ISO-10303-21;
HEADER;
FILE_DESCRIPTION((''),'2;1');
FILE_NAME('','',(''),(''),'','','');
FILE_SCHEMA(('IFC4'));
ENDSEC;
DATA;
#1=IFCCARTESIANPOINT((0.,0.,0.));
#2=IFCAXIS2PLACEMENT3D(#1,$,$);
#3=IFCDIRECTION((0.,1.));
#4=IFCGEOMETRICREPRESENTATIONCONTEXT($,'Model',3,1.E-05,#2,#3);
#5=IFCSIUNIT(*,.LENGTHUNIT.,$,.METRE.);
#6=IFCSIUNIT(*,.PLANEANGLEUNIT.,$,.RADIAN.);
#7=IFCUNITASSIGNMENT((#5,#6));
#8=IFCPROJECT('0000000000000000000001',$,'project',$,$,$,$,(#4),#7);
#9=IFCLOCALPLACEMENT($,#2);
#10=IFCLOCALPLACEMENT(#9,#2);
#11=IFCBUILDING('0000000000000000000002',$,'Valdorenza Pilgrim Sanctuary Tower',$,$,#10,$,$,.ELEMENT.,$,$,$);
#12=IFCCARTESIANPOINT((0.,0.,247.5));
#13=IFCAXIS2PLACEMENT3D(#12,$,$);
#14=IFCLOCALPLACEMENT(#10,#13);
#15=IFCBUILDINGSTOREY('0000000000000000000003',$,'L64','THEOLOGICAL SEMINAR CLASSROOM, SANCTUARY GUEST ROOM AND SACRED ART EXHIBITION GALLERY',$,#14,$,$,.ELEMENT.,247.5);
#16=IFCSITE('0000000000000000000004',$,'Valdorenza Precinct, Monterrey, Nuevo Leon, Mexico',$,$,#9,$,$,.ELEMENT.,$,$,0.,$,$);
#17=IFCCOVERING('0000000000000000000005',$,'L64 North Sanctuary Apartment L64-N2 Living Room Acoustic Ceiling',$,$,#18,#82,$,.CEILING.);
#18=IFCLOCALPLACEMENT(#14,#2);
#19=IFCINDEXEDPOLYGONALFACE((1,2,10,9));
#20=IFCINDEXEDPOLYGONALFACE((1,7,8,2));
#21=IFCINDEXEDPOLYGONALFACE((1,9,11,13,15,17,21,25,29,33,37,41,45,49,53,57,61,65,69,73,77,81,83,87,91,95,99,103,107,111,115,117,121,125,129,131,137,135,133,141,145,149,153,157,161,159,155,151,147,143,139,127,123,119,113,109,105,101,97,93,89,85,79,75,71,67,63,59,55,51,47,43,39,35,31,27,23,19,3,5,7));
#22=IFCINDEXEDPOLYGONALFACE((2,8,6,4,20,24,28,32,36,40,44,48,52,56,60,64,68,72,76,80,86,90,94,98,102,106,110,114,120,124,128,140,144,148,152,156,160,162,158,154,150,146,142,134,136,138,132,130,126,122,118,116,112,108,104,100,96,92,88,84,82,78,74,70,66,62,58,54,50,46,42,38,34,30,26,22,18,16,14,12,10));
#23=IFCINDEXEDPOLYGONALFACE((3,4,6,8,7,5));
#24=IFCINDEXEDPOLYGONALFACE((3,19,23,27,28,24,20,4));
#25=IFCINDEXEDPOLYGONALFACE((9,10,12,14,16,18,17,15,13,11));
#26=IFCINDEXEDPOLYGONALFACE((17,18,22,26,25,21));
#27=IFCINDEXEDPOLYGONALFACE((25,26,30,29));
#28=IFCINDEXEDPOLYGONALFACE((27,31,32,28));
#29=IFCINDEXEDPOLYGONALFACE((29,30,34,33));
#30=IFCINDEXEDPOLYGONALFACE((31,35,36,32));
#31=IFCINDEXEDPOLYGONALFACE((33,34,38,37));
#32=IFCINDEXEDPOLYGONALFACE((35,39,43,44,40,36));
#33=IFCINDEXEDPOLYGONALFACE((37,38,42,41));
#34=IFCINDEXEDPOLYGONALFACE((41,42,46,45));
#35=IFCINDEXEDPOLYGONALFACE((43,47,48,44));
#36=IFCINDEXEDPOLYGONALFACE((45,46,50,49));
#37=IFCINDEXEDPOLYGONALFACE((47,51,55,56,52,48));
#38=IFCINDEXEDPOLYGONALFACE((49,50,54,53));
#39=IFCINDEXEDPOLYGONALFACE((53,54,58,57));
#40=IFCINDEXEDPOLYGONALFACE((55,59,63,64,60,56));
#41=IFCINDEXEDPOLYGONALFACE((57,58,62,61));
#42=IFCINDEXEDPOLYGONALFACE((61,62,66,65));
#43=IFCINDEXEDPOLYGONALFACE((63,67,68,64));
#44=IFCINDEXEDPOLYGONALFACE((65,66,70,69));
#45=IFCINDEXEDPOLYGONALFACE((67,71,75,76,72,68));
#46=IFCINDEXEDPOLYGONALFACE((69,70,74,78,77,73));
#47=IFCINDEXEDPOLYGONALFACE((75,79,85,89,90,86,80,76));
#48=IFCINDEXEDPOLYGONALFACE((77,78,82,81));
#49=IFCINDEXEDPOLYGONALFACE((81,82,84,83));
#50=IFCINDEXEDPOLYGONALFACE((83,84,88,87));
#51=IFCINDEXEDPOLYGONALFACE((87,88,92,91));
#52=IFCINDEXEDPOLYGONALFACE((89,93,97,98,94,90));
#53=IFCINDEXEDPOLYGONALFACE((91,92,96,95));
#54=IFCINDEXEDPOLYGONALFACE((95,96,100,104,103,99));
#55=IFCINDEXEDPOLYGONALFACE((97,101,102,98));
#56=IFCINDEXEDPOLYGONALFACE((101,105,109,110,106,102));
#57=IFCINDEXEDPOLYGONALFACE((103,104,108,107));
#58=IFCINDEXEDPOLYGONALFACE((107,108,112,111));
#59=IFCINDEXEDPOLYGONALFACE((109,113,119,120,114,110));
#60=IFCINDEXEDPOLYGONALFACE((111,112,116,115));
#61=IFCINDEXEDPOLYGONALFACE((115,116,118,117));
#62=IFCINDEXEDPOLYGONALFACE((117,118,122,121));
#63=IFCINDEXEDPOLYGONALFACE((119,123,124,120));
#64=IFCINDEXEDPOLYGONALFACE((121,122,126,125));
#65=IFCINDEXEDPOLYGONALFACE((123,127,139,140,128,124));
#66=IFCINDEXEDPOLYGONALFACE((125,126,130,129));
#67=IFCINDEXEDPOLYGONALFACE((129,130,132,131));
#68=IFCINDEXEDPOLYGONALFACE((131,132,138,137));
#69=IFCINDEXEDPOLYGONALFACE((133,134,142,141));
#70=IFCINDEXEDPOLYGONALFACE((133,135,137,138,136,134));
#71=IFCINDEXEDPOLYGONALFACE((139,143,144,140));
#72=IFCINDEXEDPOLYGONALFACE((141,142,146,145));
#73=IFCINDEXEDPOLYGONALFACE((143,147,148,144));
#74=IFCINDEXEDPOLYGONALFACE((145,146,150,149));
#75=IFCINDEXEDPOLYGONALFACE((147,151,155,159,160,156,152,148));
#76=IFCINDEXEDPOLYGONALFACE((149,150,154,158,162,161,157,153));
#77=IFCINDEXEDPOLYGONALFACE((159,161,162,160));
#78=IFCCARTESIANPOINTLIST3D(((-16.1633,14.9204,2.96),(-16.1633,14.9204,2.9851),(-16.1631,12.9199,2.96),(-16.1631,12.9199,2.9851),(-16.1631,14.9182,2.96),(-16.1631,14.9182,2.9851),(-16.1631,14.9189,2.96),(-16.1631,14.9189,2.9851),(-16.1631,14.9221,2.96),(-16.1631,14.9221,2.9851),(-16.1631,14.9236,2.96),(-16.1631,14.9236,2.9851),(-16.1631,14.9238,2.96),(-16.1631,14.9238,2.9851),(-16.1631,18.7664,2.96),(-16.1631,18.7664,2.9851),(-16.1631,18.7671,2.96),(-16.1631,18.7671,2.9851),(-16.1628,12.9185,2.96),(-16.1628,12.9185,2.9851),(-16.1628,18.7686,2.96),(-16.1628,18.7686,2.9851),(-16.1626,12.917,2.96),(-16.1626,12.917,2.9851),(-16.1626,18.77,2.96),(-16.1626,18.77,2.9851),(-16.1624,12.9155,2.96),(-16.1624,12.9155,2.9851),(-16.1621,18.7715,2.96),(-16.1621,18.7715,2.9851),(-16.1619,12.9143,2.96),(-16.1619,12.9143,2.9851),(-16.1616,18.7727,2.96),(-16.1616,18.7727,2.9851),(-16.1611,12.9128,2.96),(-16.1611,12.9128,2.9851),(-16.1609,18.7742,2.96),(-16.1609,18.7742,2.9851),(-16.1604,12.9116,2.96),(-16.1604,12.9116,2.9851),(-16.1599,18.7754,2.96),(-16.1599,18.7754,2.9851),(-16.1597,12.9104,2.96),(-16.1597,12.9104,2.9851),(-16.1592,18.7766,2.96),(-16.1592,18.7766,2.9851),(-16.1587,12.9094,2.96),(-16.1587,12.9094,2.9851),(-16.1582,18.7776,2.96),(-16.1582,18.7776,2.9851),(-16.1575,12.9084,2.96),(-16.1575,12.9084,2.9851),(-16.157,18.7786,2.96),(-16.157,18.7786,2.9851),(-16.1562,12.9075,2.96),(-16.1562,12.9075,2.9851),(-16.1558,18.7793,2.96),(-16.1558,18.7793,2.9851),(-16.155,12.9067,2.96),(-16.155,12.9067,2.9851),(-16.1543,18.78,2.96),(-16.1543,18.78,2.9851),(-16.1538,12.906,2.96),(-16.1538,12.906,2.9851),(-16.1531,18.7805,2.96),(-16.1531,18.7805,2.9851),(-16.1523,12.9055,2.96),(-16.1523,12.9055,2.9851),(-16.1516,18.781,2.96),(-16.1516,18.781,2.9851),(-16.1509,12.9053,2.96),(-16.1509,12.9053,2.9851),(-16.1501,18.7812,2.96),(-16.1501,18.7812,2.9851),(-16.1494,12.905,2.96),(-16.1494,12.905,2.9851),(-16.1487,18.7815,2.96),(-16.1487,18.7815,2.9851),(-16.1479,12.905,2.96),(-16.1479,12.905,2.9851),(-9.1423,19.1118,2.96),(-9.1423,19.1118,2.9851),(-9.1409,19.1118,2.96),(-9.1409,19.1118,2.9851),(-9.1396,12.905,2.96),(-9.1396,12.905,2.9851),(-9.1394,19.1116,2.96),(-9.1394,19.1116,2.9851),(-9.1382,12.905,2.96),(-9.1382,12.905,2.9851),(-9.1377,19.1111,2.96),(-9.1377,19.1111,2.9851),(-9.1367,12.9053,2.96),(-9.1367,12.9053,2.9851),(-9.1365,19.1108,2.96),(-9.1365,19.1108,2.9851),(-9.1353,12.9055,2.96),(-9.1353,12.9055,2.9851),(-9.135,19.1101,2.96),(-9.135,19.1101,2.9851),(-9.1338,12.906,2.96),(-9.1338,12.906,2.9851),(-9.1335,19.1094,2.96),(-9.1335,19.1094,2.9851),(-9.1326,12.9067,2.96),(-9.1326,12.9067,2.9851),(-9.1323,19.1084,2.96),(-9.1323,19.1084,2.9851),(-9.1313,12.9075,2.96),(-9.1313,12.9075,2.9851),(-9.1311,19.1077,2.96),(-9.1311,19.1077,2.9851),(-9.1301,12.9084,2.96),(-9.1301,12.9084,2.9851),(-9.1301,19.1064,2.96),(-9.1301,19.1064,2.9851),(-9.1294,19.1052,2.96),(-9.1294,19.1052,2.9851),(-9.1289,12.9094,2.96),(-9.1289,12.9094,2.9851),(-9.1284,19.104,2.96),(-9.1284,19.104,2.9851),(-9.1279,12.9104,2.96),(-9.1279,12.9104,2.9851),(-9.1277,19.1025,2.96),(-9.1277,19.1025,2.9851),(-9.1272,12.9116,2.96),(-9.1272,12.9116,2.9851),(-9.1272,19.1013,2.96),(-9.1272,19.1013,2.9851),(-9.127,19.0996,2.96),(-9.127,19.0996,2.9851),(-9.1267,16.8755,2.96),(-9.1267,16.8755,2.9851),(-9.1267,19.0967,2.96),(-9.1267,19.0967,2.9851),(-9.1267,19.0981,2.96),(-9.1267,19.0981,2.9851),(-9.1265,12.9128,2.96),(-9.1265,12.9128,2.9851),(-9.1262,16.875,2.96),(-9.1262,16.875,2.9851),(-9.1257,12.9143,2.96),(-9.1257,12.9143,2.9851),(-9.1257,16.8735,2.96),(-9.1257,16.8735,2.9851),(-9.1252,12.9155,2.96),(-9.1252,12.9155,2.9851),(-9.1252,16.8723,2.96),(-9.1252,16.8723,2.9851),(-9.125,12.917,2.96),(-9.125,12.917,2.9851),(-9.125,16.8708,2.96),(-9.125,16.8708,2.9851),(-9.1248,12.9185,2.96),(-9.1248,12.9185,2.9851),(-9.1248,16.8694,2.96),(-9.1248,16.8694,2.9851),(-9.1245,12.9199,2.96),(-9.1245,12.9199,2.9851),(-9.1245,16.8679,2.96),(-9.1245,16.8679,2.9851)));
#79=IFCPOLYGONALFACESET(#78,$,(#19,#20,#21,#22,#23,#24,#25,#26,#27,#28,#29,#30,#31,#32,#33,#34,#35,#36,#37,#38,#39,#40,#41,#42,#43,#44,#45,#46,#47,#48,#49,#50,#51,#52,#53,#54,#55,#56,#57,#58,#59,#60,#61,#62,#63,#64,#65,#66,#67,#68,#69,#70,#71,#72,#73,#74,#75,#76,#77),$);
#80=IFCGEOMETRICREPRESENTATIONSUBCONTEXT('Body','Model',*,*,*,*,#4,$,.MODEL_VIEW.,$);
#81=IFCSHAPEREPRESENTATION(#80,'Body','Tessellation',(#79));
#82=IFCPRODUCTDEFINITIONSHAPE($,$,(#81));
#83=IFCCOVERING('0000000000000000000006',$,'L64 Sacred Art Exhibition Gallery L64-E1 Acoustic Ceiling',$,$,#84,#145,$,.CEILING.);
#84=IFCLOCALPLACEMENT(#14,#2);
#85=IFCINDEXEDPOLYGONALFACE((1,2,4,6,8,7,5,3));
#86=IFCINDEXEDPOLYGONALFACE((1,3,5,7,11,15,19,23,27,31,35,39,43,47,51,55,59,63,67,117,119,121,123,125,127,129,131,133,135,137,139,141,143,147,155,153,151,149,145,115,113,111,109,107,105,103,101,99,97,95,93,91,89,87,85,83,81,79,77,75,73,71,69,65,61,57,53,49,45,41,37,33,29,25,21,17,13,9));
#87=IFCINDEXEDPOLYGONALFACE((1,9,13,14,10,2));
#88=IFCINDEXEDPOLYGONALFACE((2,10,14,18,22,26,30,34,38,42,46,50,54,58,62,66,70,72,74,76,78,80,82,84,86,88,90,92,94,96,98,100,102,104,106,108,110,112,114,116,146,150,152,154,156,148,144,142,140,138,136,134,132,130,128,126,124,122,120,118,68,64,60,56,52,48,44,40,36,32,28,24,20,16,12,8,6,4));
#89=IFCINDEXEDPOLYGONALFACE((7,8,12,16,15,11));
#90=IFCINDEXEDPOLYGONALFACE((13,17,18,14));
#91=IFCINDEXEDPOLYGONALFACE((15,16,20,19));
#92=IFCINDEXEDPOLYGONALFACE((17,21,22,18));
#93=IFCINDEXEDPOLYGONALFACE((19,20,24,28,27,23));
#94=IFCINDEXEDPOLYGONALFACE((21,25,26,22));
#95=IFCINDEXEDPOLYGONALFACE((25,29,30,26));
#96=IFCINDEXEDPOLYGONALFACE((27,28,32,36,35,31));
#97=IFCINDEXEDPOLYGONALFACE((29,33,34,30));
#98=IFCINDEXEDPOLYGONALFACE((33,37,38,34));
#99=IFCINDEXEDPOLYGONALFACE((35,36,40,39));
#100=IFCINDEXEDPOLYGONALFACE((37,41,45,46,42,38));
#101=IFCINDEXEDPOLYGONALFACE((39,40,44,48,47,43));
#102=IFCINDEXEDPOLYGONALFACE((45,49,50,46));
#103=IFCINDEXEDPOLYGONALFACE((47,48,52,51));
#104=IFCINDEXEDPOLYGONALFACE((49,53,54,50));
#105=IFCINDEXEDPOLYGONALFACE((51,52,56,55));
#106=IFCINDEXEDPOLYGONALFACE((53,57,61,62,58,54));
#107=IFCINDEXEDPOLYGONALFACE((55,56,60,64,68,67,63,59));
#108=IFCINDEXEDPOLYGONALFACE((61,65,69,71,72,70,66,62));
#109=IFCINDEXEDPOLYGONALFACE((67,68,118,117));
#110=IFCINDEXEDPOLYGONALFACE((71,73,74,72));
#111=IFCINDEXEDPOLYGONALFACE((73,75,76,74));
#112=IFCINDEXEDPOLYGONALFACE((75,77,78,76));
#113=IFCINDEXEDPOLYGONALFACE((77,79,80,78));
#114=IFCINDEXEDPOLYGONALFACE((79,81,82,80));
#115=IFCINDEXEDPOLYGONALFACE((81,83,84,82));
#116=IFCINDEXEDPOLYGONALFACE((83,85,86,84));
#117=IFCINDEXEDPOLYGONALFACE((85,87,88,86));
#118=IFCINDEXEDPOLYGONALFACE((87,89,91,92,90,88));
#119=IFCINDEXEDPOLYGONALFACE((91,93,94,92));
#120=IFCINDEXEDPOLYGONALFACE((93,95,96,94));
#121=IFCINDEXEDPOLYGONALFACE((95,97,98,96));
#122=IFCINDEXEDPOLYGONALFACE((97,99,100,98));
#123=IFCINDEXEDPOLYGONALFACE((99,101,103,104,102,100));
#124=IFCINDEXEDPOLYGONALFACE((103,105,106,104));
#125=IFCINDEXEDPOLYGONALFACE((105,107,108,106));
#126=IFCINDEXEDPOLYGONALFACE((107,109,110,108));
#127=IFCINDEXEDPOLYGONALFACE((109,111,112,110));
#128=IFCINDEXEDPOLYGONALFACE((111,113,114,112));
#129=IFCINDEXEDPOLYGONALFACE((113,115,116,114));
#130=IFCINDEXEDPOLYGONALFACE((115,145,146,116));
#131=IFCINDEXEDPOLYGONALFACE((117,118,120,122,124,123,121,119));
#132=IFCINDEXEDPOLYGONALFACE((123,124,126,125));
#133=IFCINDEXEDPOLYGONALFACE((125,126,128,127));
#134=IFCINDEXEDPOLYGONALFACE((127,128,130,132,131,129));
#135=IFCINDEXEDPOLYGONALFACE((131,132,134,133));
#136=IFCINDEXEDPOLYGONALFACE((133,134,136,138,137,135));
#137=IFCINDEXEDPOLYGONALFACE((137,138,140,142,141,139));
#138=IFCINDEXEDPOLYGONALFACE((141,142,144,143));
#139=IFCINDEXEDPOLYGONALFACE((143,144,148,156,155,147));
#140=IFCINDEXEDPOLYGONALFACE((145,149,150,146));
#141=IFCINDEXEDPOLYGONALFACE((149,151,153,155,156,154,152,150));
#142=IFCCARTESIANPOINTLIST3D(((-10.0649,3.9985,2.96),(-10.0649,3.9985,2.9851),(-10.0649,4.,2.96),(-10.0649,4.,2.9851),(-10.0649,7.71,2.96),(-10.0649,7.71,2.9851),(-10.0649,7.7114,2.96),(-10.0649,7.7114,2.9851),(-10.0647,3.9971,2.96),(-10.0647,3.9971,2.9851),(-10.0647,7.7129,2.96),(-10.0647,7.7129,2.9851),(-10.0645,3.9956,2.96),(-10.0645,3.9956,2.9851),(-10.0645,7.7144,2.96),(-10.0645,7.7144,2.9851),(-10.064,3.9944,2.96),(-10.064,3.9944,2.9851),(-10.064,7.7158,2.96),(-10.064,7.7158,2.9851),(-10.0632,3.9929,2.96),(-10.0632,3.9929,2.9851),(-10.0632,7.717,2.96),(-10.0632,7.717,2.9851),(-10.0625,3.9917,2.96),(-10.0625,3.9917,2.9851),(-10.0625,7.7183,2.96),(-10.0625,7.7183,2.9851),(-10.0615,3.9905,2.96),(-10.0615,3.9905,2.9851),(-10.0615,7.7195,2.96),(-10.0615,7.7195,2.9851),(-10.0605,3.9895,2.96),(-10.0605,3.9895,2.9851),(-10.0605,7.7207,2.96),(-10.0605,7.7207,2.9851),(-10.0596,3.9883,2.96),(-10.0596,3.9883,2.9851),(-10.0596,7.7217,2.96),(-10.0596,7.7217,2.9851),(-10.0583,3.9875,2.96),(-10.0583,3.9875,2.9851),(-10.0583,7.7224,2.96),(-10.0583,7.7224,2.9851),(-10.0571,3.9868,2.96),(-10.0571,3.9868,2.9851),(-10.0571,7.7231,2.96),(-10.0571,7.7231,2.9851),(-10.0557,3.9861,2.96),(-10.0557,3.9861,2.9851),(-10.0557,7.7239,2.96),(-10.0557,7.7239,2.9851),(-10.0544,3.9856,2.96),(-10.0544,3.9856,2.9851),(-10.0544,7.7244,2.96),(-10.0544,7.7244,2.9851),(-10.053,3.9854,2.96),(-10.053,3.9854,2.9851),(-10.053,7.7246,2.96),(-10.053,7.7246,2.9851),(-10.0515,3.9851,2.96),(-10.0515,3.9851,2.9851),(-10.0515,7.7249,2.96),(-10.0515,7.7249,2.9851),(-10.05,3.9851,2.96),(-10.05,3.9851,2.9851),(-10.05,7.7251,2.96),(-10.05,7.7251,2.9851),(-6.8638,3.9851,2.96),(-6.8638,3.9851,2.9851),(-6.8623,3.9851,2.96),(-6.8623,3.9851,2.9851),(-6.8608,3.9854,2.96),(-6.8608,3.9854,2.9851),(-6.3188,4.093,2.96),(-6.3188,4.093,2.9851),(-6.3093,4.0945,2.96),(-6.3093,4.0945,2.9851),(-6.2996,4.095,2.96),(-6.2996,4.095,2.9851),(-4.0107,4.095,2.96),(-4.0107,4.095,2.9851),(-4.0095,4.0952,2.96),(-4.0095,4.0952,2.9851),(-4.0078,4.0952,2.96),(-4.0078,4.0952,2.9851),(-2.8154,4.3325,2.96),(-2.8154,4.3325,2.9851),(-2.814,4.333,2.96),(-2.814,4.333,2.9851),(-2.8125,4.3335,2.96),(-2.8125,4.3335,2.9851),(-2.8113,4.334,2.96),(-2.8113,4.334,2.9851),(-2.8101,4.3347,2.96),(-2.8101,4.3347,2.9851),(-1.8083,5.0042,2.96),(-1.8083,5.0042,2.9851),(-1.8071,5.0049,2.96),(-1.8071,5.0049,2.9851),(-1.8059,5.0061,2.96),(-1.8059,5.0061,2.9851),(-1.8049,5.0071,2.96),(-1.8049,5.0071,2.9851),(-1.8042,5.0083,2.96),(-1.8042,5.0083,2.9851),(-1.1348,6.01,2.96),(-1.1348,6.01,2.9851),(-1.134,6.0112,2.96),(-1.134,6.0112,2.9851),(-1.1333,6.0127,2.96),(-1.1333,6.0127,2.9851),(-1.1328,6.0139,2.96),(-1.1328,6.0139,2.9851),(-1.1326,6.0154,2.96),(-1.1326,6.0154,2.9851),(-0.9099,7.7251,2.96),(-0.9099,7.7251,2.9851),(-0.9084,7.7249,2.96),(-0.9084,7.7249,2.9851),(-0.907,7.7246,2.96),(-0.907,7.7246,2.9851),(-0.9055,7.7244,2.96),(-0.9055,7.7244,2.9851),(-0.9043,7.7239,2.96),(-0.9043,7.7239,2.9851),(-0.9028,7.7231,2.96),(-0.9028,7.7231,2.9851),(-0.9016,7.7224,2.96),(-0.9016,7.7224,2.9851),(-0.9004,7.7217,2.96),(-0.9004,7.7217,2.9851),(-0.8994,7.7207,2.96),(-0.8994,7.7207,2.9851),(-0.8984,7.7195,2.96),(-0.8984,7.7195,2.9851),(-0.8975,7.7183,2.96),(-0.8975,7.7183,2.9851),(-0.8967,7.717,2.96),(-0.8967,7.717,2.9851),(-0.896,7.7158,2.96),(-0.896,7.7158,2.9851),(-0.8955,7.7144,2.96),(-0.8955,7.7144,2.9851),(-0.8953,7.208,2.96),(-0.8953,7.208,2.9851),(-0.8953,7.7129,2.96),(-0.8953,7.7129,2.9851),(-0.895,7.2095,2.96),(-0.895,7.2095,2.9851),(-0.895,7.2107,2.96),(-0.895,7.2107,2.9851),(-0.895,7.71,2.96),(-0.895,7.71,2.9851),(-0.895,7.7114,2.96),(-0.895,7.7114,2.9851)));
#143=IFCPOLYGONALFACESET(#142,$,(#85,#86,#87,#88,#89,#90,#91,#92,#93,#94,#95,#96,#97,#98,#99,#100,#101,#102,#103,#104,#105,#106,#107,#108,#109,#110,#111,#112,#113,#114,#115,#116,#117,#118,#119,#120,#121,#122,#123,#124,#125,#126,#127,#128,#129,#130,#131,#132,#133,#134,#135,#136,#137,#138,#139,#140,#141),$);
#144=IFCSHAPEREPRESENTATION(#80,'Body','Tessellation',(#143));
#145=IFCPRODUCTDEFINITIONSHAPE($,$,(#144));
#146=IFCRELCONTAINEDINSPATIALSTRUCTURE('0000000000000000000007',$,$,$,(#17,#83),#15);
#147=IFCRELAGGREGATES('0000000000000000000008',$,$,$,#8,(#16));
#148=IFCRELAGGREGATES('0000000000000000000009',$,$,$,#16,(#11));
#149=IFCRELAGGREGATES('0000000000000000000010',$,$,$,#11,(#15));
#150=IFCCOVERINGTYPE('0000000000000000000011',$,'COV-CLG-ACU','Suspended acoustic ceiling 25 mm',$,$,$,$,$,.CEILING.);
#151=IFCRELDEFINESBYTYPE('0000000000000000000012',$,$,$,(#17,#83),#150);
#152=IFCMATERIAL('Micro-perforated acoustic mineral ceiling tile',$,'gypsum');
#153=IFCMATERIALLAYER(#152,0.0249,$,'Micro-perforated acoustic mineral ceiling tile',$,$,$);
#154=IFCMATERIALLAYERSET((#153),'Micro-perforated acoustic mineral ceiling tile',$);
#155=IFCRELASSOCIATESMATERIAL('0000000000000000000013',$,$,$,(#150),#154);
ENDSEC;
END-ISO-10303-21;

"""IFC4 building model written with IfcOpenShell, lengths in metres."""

from ifc_helpers import new_model, si_unit, direction, frame, origin, place, context, subcontext, project, spatial, polyline, outline, extrude, material, layer, layer_set, type_object, element, save


model = new_model("IFC4")

# Units and contexts
model_context = context("Model", 3, precision=1e-05, world=origin(), true_north=direction((0.0, 1.0)))
body_context = subcontext(model_context, "Body", "Model", "MODEL_VIEW")
ifc_project = project(units=[si_unit("LENGTHUNIT", "METRE"), si_unit("PLANEANGLEUNIT", "RADIAN")], contexts=[model_context])

# Site, building, storey
site_placement = place(None, origin())
site = spatial("IfcSite", under=ifc_project, at=site_placement, Name="Valdorenza Precinct, Monterrey, Nuevo Leon, Mexico", CompositionType="ELEMENT", RefElevation=0.0)
building_placement = place(site_placement, origin())
building = spatial("IfcBuilding", under=site, at=building_placement, Name="Valdorenza Pilgrim Sanctuary Tower", CompositionType="ELEMENT")
storey_placement = place(building_placement, frame((0.0, 0.0, 247.5)))
storey = spatial("IfcBuildingStorey", under=building, at=storey_placement, Name="L64", Description="THEOLOGICAL SEMINAR CLASSROOM, SANCTUARY GUEST ROOM AND SACRED ART EXHIBITION GALLERY", CompositionType="ELEMENT", Elevation=247.5)

# Coverings
ifc_material_1 = material(Name="Micro-perforated acoustic mineral ceiling tile", Category="gypsum")
ifc_layer_1 = layer(ifc_material_1, 0.0249, Name="Micro-perforated acoustic mineral ceiling tile")
ifc_layer_set_1 = layer_set([ifc_layer_1], Name="Micro-perforated acoustic mineral ceiling tile")
covering_type_1 = type_object("IfcCoveringType", Name="COV-CLG-ACU", Description="Suspended acoustic ceiling 25 mm", PredefinedType="CEILING", material=ifc_layer_set_1)
covering_1_placement = place(storey_placement, frame((0.0, 0.0, 2.96)))
element("IfcCovering", 1, at=covering_1_placement, inside=storey, type_object=covering_type_1, Name="L64 North Sanctuary Apartment L64-N2 Living Room Acoustic Ceiling", PredefinedType="CEILING", context=body_context, shape_type="SweptSolid", body=[
    extrude(outline(polyline([(-16.1631, 14.9182), (-16.1631, 14.9189), (-16.1633, 14.9204), (-16.1631, 14.9221), (-16.1631, 14.9236), (-16.1631, 14.9238), (-16.1631, 18.7664), (-16.1631, 18.7664), (-16.1631, 18.7671), (-16.1628, 18.7686), (-16.1626, 18.77), (-16.1621, 18.7715), (-16.1616, 18.7727), (-16.1609, 18.7742), (-16.1599, 18.7754), (-16.1592, 18.7766), (-16.1582, 18.7776), (-16.157, 18.7786), (-16.1558, 18.7793), (-16.1543, 18.78), (-16.1531, 18.7805), (-16.1516, 18.781), (-16.1501, 18.7812), (-16.1487, 18.7815), (-9.1423, 19.1118), (-9.1409, 19.1118), (-9.1394, 19.1116), (-9.1377, 19.1111), (-9.1365, 19.1108), (-9.135, 19.1101), (-9.1335, 19.1094), (-9.1323, 19.1084), (-9.1311, 19.1077), (-9.1301, 19.1064), (-9.1294, 19.1052), (-9.1284, 19.104), (-9.1277, 19.1025), (-9.1272, 19.1013), (-9.127, 19.0996), (-9.1267, 19.0981), (-9.1267, 19.0967), (-9.1267, 16.8755), (-9.1262, 16.875), (-9.1257, 16.8735), (-9.1252, 16.8723), (-9.125, 16.8708), (-9.1248, 16.8694), (-9.1245, 16.8679), (-9.1245, 12.9199), (-9.1248, 12.9185), (-9.125, 12.917), (-9.1252, 12.9155), (-9.1257, 12.9143), (-9.1265, 12.9128), (-9.1272, 12.9116), (-9.1279, 12.9104), (-9.1289, 12.9094), (-9.1301, 12.9084), (-9.1313, 12.9075), (-9.1326, 12.9067), (-9.1338, 12.906), (-9.1353, 12.9055), (-9.1367, 12.9053), (-9.1382, 12.905), (-9.1396, 12.905), (-16.1479, 12.905), (-16.1494, 12.905), (-16.1509, 12.9053), (-16.1523, 12.9055), (-16.1538, 12.906), (-16.155, 12.9067), (-16.1562, 12.9075), (-16.1575, 12.9084), (-16.1587, 12.9094), (-16.1597, 12.9104), (-16.1604, 12.9116), (-16.1611, 12.9128), (-16.1619, 12.9143), (-16.1624, 12.9155), (-16.1626, 12.917), (-16.1628, 12.9185), (-16.1631, 12.9199), (-16.1631, 14.9182)])), origin(), (0.0, 0.0, 1.0), 0.0251),
])
covering_2_placement = place(storey_placement, frame((0.0, 0.0, 2.96)))
element("IfcCovering", 2, at=covering_2_placement, inside=storey, type_object=covering_type_1, Name="L64 Sacred Art Exhibition Gallery L64-E1 Acoustic Ceiling", PredefinedType="CEILING", context=body_context, shape_type="SweptSolid", body=[
    extrude(outline(polyline([(-10.0649, 7.71), (-10.0649, 7.7114), (-10.0647, 7.7129), (-10.0645, 7.7144), (-10.064, 7.7158), (-10.0632, 7.717), (-10.0625, 7.7183), (-10.0615, 7.7195), (-10.0605, 7.7207), (-10.0596, 7.7217), (-10.0583, 7.7224), (-10.0571, 7.7231), (-10.0557, 7.7239), (-10.0544, 7.7244), (-10.053, 7.7246), (-10.0515, 7.7249), (-10.05, 7.7251), (-0.9099, 7.7251), (-0.9084, 7.7249), (-0.907, 7.7246), (-0.9055, 7.7244), (-0.9043, 7.7239), (-0.9028, 7.7231), (-0.9016, 7.7224), (-0.9004, 7.7217), (-0.8994, 7.7207), (-0.8984, 7.7195), (-0.8975, 7.7183), (-0.8967, 7.717), (-0.896, 7.7158), (-0.8955, 7.7144), (-0.8953, 7.7129), (-0.895, 7.7114), (-0.895, 7.71), (-0.895, 7.2107), (-0.895, 7.2095), (-0.8953, 7.208), (-1.1326, 6.0154), (-1.1328, 6.0139), (-1.1333, 6.0127), (-1.134, 6.0112), (-1.1348, 6.01), (-1.8042, 5.0083), (-1.8049, 5.0071), (-1.8059, 5.0061), (-1.8071, 5.0049), (-1.8083, 5.0042), (-2.8101, 4.3347), (-2.8113, 4.334), (-2.8125, 4.3335), (-2.814, 4.333), (-2.8154, 4.3325), (-4.0078, 4.0952), (-4.0095, 4.0952), (-4.0107, 4.095), (-6.2996, 4.095), (-6.3093, 4.0945), (-6.3188, 4.093), (-6.8608, 3.9854), (-6.8623, 3.9851), (-6.8638, 3.9851), (-10.05, 3.9851), (-10.0515, 3.9851), (-10.053, 3.9854), (-10.0544, 3.9856), (-10.0557, 3.9861), (-10.0571, 3.9868), (-10.0583, 3.9875), (-10.0596, 3.9883), (-10.0605, 3.9895), (-10.0615, 3.9905), (-10.0625, 3.9917), (-10.0632, 3.9929), (-10.064, 3.9944), (-10.0645, 3.9956), (-10.0647, 3.9971), (-10.0649, 3.9985), (-10.0649, 4.0), (-10.0649, 7.71)])), origin(), (0.0, 0.0, 1.0), 0.0251),
])

save(model, "model.ifc")
